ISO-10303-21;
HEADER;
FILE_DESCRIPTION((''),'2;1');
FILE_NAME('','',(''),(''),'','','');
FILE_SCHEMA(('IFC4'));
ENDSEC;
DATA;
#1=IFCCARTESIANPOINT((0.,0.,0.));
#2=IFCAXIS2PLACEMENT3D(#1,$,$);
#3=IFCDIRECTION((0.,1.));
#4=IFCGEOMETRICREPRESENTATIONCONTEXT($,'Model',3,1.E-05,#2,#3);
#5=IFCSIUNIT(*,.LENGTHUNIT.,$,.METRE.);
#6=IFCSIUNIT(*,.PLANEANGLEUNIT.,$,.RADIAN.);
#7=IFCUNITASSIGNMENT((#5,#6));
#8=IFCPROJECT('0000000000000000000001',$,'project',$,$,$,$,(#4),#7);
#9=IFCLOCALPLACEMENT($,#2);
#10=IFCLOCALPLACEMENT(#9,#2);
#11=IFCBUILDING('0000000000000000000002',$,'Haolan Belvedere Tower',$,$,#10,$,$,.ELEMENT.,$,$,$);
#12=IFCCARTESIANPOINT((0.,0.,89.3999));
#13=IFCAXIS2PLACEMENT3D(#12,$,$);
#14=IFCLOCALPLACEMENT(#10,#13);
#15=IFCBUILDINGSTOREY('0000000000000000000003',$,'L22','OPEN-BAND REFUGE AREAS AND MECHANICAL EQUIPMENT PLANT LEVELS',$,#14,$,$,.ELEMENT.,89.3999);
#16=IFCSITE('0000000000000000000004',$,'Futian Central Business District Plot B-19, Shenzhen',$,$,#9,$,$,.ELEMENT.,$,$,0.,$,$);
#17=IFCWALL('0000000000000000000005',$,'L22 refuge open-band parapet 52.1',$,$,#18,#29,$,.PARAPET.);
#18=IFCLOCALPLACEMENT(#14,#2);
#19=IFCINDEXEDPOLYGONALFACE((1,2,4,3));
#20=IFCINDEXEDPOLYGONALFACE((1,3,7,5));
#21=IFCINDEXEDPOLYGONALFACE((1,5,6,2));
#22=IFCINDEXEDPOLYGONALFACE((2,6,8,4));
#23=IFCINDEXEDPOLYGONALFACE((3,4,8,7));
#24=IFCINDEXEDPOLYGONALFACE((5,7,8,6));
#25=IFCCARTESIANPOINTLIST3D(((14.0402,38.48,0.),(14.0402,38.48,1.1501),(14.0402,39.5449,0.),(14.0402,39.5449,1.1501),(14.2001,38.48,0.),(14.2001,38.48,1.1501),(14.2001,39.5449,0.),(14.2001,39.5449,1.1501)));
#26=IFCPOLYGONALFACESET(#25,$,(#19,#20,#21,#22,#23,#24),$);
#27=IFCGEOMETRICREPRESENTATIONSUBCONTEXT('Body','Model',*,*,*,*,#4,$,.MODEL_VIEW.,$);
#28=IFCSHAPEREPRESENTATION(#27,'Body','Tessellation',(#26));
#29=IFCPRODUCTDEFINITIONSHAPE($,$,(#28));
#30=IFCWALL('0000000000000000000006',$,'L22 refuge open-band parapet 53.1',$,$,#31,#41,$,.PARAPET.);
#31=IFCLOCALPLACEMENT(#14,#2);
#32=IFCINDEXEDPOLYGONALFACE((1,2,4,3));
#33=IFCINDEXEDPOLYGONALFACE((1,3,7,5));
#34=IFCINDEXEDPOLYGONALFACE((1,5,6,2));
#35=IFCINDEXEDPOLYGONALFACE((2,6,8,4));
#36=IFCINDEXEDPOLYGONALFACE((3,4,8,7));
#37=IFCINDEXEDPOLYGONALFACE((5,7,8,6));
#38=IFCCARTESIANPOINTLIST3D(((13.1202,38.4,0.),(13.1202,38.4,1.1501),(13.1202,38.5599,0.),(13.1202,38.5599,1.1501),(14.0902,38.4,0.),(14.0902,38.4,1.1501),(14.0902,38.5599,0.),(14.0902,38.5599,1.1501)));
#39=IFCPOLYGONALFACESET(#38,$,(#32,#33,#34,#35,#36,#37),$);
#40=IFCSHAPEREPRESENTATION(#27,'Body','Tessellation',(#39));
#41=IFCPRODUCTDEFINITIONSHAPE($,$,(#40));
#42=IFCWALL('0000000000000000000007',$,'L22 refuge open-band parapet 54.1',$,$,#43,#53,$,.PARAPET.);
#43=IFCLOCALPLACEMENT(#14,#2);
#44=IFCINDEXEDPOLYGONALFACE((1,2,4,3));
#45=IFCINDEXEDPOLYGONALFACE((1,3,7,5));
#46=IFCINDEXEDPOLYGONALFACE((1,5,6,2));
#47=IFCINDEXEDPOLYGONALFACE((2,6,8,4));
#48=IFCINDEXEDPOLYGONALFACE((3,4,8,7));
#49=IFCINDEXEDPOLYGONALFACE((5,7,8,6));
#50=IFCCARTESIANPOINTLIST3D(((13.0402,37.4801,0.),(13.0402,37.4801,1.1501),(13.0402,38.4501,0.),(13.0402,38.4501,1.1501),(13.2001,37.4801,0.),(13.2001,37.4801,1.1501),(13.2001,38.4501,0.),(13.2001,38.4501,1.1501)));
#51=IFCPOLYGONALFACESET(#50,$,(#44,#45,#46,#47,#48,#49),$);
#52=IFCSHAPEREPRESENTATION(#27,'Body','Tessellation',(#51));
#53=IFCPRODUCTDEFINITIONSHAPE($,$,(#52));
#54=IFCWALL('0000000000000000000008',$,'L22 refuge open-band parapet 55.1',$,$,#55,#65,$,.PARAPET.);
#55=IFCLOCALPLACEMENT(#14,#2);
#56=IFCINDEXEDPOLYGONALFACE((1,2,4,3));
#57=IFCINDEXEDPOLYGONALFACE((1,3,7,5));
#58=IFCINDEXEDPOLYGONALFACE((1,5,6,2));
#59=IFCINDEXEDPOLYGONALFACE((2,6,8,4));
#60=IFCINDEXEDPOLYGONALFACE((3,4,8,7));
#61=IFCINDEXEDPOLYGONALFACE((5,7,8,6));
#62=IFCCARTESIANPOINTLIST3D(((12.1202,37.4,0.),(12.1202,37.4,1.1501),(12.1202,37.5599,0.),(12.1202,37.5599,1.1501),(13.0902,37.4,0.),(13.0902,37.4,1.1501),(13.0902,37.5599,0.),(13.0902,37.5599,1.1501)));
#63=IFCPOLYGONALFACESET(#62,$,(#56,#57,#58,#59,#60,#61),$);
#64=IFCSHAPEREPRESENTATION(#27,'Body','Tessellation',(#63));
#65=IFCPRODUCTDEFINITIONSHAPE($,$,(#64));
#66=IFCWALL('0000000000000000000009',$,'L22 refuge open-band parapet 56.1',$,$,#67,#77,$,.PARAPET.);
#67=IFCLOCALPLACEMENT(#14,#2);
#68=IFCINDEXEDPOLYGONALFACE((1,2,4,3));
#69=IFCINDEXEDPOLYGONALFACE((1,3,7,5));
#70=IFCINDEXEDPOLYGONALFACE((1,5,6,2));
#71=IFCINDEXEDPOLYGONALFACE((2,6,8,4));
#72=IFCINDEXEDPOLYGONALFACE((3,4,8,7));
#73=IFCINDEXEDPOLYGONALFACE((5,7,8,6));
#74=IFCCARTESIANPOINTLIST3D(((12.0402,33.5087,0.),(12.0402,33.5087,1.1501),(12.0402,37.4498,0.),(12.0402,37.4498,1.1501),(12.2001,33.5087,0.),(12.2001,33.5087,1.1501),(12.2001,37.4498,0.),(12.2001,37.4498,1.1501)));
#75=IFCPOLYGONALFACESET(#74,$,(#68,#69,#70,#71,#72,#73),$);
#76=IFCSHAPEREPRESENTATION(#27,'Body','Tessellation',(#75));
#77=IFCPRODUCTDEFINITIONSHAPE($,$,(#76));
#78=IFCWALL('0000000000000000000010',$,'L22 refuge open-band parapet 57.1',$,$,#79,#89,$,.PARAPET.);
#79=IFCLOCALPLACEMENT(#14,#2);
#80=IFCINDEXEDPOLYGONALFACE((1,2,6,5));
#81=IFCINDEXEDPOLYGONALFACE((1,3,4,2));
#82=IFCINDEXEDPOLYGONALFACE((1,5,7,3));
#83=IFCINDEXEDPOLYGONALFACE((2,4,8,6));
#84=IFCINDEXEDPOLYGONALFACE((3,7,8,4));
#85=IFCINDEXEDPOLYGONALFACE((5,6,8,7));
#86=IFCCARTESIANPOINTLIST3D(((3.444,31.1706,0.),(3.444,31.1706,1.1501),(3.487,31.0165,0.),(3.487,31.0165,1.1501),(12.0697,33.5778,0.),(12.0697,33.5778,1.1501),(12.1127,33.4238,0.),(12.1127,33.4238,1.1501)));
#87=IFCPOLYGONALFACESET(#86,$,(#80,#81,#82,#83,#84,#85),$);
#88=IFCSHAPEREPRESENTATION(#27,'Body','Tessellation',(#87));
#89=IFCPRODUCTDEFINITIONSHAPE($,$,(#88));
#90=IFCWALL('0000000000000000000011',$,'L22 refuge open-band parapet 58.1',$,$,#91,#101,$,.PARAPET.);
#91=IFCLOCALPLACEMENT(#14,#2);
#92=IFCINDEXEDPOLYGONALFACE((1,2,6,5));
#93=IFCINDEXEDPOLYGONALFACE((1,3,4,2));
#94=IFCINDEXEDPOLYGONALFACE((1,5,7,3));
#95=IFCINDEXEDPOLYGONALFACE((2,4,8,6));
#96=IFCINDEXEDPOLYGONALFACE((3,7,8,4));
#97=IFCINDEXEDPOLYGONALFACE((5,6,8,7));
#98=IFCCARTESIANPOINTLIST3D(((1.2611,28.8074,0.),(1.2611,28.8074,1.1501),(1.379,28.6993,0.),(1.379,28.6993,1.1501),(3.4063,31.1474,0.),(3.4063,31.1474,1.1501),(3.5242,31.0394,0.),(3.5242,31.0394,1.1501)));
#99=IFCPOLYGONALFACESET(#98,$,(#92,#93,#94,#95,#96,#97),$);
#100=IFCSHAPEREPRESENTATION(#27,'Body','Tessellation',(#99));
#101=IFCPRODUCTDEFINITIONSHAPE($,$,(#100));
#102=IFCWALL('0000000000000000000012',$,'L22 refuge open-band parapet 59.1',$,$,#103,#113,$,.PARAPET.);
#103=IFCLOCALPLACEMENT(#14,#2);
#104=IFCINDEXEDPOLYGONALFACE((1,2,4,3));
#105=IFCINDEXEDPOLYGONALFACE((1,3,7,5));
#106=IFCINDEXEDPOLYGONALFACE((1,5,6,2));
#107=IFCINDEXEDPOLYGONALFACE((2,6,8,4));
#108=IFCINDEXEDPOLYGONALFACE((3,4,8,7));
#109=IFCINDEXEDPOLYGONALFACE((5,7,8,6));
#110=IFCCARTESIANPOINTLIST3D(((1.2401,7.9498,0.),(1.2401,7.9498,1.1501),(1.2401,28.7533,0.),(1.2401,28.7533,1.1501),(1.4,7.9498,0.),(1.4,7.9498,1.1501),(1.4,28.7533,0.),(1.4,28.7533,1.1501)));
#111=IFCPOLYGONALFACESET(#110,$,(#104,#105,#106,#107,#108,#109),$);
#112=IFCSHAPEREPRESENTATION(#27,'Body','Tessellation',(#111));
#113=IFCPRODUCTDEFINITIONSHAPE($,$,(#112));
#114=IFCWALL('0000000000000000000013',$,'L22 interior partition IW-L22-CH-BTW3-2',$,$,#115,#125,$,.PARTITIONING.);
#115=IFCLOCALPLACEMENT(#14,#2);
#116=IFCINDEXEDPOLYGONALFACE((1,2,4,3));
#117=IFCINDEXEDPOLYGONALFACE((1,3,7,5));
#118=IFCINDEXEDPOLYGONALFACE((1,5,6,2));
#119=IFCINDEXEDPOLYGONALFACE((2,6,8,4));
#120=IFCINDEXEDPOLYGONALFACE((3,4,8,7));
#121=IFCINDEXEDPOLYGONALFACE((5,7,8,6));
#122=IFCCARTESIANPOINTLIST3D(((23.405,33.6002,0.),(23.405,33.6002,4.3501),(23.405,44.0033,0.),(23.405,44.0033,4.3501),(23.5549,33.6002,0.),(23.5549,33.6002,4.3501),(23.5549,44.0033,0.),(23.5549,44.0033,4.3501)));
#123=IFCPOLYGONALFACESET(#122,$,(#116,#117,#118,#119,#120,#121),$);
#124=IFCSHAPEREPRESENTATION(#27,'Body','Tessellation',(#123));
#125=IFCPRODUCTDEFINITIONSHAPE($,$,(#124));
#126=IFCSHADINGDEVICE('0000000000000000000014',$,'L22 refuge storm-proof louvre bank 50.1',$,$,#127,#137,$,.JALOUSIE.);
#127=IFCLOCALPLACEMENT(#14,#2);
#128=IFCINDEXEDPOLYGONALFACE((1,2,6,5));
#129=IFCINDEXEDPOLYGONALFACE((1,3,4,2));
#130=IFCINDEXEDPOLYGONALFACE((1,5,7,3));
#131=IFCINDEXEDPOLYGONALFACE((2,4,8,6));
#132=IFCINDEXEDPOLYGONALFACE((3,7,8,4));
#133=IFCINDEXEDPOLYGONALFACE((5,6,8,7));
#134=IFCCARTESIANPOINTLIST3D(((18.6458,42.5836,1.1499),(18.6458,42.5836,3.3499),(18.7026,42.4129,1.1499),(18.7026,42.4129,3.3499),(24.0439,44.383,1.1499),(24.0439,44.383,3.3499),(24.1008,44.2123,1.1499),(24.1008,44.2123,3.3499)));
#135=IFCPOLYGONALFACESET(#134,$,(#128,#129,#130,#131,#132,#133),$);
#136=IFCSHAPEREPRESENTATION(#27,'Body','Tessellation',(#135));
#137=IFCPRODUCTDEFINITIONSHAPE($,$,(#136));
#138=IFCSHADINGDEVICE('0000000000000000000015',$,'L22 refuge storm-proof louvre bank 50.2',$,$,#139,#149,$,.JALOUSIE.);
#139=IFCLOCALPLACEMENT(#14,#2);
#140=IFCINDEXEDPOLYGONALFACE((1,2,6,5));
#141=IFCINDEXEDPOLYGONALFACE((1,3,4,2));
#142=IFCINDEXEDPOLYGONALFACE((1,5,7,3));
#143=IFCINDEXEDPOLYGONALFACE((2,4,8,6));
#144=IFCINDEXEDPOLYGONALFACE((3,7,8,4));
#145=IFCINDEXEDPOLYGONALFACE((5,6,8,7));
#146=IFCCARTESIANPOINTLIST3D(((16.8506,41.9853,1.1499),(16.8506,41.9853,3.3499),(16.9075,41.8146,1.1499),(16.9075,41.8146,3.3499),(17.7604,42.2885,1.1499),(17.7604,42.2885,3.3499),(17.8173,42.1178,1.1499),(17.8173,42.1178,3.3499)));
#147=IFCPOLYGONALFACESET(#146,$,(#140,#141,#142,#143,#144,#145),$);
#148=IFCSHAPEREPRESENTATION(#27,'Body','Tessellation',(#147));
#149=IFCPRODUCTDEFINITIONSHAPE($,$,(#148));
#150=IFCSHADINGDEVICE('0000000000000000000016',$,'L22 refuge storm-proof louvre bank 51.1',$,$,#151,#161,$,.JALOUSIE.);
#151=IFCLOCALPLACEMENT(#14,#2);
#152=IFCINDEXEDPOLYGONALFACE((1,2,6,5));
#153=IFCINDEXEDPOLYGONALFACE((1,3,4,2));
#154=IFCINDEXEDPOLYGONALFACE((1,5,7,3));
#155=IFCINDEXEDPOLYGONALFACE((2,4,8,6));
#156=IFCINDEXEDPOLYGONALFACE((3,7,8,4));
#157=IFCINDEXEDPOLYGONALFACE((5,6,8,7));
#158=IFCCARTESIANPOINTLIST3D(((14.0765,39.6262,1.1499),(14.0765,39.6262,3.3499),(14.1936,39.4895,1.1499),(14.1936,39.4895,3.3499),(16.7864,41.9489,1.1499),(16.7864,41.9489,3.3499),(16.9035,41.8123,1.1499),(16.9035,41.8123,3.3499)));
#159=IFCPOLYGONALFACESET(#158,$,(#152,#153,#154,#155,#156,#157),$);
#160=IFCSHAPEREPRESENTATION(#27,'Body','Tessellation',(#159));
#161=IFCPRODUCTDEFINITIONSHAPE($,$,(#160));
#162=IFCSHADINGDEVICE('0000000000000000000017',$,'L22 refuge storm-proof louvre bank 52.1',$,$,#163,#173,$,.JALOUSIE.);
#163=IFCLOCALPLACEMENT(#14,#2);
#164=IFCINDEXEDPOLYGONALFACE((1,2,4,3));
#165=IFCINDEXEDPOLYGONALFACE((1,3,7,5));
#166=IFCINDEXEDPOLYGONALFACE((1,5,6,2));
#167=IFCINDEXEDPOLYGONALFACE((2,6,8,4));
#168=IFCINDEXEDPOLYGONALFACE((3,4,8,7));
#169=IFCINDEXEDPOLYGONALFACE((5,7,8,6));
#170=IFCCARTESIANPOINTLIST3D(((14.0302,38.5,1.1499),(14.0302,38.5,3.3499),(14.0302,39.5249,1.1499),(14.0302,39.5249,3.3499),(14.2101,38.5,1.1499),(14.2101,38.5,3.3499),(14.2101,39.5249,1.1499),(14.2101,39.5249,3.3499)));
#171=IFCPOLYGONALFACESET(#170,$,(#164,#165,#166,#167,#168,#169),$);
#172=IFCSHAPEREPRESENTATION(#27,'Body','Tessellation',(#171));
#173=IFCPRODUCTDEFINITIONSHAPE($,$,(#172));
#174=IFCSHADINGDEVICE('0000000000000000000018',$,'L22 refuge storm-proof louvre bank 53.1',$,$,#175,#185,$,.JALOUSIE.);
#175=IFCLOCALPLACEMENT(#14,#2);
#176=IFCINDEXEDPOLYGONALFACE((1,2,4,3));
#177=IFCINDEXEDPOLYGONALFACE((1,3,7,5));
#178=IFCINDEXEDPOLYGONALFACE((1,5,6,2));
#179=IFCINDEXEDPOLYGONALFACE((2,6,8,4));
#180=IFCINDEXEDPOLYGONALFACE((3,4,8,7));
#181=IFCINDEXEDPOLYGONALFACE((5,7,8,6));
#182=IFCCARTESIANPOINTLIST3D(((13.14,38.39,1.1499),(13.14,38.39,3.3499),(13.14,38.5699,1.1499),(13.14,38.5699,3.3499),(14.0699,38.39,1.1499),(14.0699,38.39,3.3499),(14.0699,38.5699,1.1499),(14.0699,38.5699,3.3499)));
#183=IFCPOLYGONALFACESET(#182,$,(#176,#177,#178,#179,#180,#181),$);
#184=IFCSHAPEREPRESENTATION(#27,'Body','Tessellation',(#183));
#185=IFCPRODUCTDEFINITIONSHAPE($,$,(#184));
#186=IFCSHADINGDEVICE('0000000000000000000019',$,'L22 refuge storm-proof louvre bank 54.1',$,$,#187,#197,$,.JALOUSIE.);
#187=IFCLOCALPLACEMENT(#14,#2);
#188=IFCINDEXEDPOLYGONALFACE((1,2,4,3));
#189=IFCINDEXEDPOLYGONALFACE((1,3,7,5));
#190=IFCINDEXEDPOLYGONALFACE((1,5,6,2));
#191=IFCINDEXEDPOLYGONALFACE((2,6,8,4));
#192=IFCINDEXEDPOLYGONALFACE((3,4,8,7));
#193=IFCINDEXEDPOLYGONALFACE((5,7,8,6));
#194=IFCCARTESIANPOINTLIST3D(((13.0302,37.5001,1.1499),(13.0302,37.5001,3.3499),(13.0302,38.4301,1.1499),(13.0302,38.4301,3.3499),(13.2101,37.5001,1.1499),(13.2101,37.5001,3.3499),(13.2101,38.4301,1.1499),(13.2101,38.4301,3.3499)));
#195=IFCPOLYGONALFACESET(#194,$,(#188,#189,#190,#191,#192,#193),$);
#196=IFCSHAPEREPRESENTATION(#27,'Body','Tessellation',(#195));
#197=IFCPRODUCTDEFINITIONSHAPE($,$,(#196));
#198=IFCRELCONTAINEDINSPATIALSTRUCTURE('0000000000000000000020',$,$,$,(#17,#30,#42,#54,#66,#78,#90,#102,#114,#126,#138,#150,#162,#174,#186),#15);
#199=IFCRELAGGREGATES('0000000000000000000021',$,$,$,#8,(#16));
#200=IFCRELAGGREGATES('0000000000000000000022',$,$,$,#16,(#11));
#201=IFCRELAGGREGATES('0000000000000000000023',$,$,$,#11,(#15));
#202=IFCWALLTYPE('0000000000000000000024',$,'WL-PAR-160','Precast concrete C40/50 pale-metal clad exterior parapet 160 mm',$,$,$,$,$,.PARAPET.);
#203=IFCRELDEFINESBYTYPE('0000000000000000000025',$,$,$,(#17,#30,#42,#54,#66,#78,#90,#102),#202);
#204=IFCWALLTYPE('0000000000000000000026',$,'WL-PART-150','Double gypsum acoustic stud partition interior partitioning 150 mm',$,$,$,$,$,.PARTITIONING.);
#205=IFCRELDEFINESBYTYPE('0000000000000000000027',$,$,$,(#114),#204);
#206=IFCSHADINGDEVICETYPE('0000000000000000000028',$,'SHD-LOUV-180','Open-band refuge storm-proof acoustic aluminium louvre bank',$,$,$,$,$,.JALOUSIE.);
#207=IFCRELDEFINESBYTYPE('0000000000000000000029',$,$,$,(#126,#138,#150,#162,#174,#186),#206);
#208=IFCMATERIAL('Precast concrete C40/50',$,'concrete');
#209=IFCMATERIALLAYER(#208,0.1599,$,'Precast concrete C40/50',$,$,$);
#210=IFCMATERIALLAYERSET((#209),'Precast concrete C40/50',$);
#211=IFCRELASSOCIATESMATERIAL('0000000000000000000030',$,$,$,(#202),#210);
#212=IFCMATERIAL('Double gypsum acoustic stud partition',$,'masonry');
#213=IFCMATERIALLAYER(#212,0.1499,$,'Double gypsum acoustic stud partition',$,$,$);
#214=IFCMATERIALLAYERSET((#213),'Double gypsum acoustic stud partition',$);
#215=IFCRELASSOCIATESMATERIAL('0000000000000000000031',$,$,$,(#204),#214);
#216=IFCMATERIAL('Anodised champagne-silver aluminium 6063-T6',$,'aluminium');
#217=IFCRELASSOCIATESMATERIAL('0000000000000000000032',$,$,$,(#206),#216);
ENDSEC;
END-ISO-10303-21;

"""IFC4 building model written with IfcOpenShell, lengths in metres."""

from ifc_helpers import new_model, si_unit, direction, frame, frame_2d, origin, origin_2d, place, context, subcontext, project, spatial, rectangle, extrude, material, layer, layer_set, type_object, element, save


model = new_model("IFC4")

# Units and contexts
model_context = context("Model", 3, precision=1e-05, world=origin(), true_north=direction((0.0, 1.0)))
body_context = subcontext(model_context, "Body", "Model", "MODEL_VIEW")
ifc_project = project(units=[si_unit("LENGTHUNIT", "METRE"), si_unit("PLANEANGLEUNIT", "RADIAN")], contexts=[model_context])

# Site, building, storey
site_placement = place(None, origin())
site = spatial("IfcSite", under=ifc_project, at=site_placement, Name="Futian Central Business District Plot B-19, Shenzhen", CompositionType="ELEMENT", RefElevation=0.0)
building_placement = place(site_placement, origin())
building = spatial("IfcBuilding", under=site, at=building_placement, Name="Haolan Belvedere Tower", CompositionType="ELEMENT")
storey_placement = place(building_placement, frame((0.0, 0.0, 89.3999)))
storey = spatial("IfcBuildingStorey", under=building, at=storey_placement, Name="L22", Description="OPEN-BAND REFUGE AREAS AND MECHANICAL EQUIPMENT PLANT LEVELS", CompositionType="ELEMENT", Elevation=89.3999)

# Walls
ifc_material_1 = material(Name="Precast concrete C40/50", Category="concrete")
ifc_layer_1 = layer(ifc_material_1, 0.1599, Name="Precast concrete C40/50")
ifc_layer_set_1 = layer_set([ifc_layer_1], Name="Precast concrete C40/50")
wall_type_1 = type_object("IfcWallType", Name="WL-PAR-160", Description="Precast concrete C40/50 pale-metal clad exterior parapet 160 mm", PredefinedType="PARAPET", material=ifc_layer_set_1)
wall_1_placement = place(storey_placement, frame((14.1201, 39.5449, 0.0), z_axis=(0.0, 0.0, 1.0), x_axis=(0.0, -1.0, 0.0)))
element("IfcWall", 1, at=wall_1_placement, inside=storey, type_object=wall_type_1, Name="L22 refuge open-band parapet 52.1", PredefinedType="PARAPET", context=body_context, shape_type="SweptSolid", body=[
    extrude(rectangle(XDim=1.0649, YDim=0.1599, at=frame_2d((0.5325, 0.0))), origin(), (0.0, 0.0, 1.0), 1.1501),
])
for number, where, z_axis, x_axis, name in (
    (2, (14.0901, 38.48, 0.0), (0.0, 0.0, 1.0), (-1.0, 0.0, 0.0), "L22 refuge open-band parapet 53.1"),
    (3, (13.1201, 38.45, 0.0), (0.0, 0.0, 1.0), (0.0, -1.0, 0.0), "L22 refuge open-band parapet 54.1"),
    (4, (13.0901, 37.48, 0.0), (0.0, 0.0, 1.0), (-1.0, 0.0, 0.0), "L22 refuge open-band parapet 55.1"),
):
    element("IfcWall", number, at=place(storey_placement, frame(where, z_axis=z_axis, x_axis=x_axis)), inside=storey, type_object=wall_type_1, Name=name, PredefinedType="PARAPET", context=body_context, shape_type="SweptSolid", body=[
        extrude(rectangle(XDim=0.97, YDim=0.1599, at=frame_2d((0.4849, 0.0))), origin(), (0.0, 0.0, 1.0), 1.1501),
    ])
wall_2_placement = place(storey_placement, frame((12.1201, 37.45, 0.0), z_axis=(0.0, 0.0, 1.0), x_axis=(0.0, -1.0, 0.0)))
element("IfcWall", 5, at=wall_2_placement, inside=storey, type_object=wall_type_1, Name="L22 refuge open-band parapet 56.1", PredefinedType="PARAPET", context=body_context, shape_type="SweptSolid", body=[
    extrude(rectangle(XDim=3.9412, YDim=0.1599, at=frame_2d((1.9707, 0.0))), origin(), (0.0, 0.0, 1.0), 1.1501),
])
wall_3_placement = place(storey_placement, frame((12.0911, 33.5007, 0.0), z_axis=(0.0, 0.0, 1.0), x_axis=(-0.963195, -0.268804, 0.0)))
element("IfcWall", 6, at=wall_3_placement, inside=storey, type_object=wall_type_1, Name="L22 refuge open-band parapet 57.1", PredefinedType="PARAPET", context=body_context, shape_type="SweptSolid", body=[
    extrude(rectangle(XDim=8.9553, YDim=0.1599, at=frame_2d((4.4775, 0.0))), origin(), (0.0, 0.0, 1.0), 1.1501),
])
wall_4_placement = place(storey_placement, frame((3.4653, 31.0935, 0.0), z_axis=(0.0, 0.0, 1.0), x_axis=(-0.675756, -0.737125, 0.0)))
element("IfcWall", 7, at=wall_4_placement, inside=storey, type_object=wall_type_1, Name="L22 refuge open-band parapet 58.1", PredefinedType="PARAPET", context=body_context, shape_type="SweptSolid", body=[
    extrude(rectangle(XDim=3.1746, YDim=0.1599, at=frame_2d((1.5874, 0.0))), origin(), (0.0, 0.0, 1.0), 1.1501),
])
wall_5_placement = place(storey_placement, frame((1.3201, 28.7534, 0.0), z_axis=(0.0, 0.0, 1.0), x_axis=(0.0, -1.0, 0.0)))
element("IfcWall", 8, at=wall_5_placement, inside=storey, type_object=wall_type_1, Name="L22 refuge open-band parapet 59.1", PredefinedType="PARAPET", context=body_context, shape_type="SweptSolid", body=[
    extrude(rectangle(XDim=20.8035, YDim=0.1599, at=frame_2d((10.4019, 0.0))), origin(), (0.0, 0.0, 1.0), 1.1501),
])
ifc_material_2 = material(Name="Double gypsum acoustic stud partition", Category="masonry")
ifc_layer_2 = layer(ifc_material_2, 0.1499, Name="Double gypsum acoustic stud partition")
ifc_layer_set_2 = layer_set([ifc_layer_2], Name="Double gypsum acoustic stud partition")
wall_type_2 = type_object("IfcWallType", Name="WL-PART-150", Description="Double gypsum acoustic stud partition interior partitioning 150 mm", PredefinedType="PARTITIONING", material=ifc_layer_set_2)
wall_6_placement = place(storey_placement, frame((23.48, 33.6001, 0.0), z_axis=(0.0, 0.0, 1.0), x_axis=(0.0, 1.0, 0.0)))
element("IfcWall", 9, at=wall_6_placement, inside=storey, type_object=wall_type_2, Name="L22 interior partition IW-L22-CH-BTW3-2", PredefinedType="PARTITIONING", context=body_context, shape_type="SweptSolid", body=[
    extrude(rectangle(XDim=10.4031, YDim=0.1499, at=frame_2d((5.2017, 0.0))), origin(), (0.0, 0.0, 1.0), 4.3501),
])

# Shading devices
ifc_material_3 = material(Name="Anodised champagne-silver aluminium 6063-T6", Category="aluminium")
shading_device_type = type_object("IfcShadingDeviceType", Name="SHD-LOUV-180", Description="Open-band refuge storm-proof acoustic aluminium louvre bank", PredefinedType="JALOUSIE", material=ifc_material_3)
shading_device_1_placement = place(storey_placement, frame((21.3733, 43.3979, 1.1499), z_axis=(0.0, 0.0, 1.0), x_axis=(-0.948683, -0.316229, 0.0)))
element("IfcShadingDevice", 10, at=shading_device_1_placement, inside=storey, type_object=shading_device_type, Name="L22 refuge storm-proof louvre bank 50.1", PredefinedType="JALOUSIE", context=body_context, shape_type="SweptSolid", body=[
    extrude(rectangle(XDim=5.6902, YDim=0.1799, at=origin_2d()), origin(), (0.0, 0.0, 1.0), 2.2),
])
shading_device_2_placement = place(storey_placement, frame((17.334, 42.0515, 1.1499), z_axis=(0.0, 0.0, 1.0), x_axis=(-0.948694, -0.316195, 0.0)))
element("IfcShadingDevice", 11, at=shading_device_2_placement, inside=storey, type_object=shading_device_type, Name="L22 refuge storm-proof louvre bank 50.2", PredefinedType="JALOUSIE", context=body_context, shape_type="SweptSolid", body=[
    extrude(rectangle(XDim=0.959, YDim=0.1799, at=origin_2d()), origin(), (0.0, 0.0, 1.0), 2.2),
])
shading_device_3_placement = place(storey_placement, frame((15.49, 40.7192, 1.1499), z_axis=(0.0, 0.0, 1.0), x_axis=(-0.759249, -0.650801, 0.0)))
element("IfcShadingDevice", 12, at=shading_device_3_placement, inside=storey, type_object=shading_device_type, Name="L22 refuge storm-proof louvre bank 51.1", PredefinedType="JALOUSIE", context=body_context, shape_type="SweptSolid", body=[
    extrude(rectangle(XDim=3.5691, YDim=0.1799, at=origin_2d()), origin(), (0.0, 0.0, 1.0), 2.2),
])
shading_device_4_placement = place(storey_placement, frame((14.1201, 39.0125, 1.1499), z_axis=(0.0, 0.0, 1.0), x_axis=(0.0, -1.0, 0.0)))
element("IfcShadingDevice", 13, at=shading_device_4_placement, inside=storey, type_object=shading_device_type, Name="L22 refuge storm-proof louvre bank 52.1", PredefinedType="JALOUSIE", context=body_context, shape_type="SweptSolid", body=[
    extrude(rectangle(XDim=1.0249, YDim=0.1799, at=origin_2d()), origin(), (0.0, 0.0, 1.0), 2.2),
])
for number, where, z_axis, x_axis, name in (
    (14, (13.605, 38.48, 1.1499), (0.0, 0.0, 1.0), (-1.0, 0.0, 0.0), "L22 refuge storm-proof louvre bank 53.1"),
    (15, (13.1201, 37.9651, 1.1499), (0.0, 0.0, 1.0), (0.0, -1.0, 0.0), "L22 refuge storm-proof louvre bank 54.1"),
):
    element("IfcShadingDevice", number, at=place(storey_placement, frame(where, z_axis=z_axis, x_axis=x_axis)), inside=storey, type_object=shading_device_type, Name=name, PredefinedType="JALOUSIE", context=body_context, shape_type="SweptSolid", body=[
        extrude(rectangle(XDim=0.9299, YDim=0.1799, at=origin_2d()), origin(), (0.0, 0.0, 1.0), 2.2),
    ])

save(model, "model.ifc")
